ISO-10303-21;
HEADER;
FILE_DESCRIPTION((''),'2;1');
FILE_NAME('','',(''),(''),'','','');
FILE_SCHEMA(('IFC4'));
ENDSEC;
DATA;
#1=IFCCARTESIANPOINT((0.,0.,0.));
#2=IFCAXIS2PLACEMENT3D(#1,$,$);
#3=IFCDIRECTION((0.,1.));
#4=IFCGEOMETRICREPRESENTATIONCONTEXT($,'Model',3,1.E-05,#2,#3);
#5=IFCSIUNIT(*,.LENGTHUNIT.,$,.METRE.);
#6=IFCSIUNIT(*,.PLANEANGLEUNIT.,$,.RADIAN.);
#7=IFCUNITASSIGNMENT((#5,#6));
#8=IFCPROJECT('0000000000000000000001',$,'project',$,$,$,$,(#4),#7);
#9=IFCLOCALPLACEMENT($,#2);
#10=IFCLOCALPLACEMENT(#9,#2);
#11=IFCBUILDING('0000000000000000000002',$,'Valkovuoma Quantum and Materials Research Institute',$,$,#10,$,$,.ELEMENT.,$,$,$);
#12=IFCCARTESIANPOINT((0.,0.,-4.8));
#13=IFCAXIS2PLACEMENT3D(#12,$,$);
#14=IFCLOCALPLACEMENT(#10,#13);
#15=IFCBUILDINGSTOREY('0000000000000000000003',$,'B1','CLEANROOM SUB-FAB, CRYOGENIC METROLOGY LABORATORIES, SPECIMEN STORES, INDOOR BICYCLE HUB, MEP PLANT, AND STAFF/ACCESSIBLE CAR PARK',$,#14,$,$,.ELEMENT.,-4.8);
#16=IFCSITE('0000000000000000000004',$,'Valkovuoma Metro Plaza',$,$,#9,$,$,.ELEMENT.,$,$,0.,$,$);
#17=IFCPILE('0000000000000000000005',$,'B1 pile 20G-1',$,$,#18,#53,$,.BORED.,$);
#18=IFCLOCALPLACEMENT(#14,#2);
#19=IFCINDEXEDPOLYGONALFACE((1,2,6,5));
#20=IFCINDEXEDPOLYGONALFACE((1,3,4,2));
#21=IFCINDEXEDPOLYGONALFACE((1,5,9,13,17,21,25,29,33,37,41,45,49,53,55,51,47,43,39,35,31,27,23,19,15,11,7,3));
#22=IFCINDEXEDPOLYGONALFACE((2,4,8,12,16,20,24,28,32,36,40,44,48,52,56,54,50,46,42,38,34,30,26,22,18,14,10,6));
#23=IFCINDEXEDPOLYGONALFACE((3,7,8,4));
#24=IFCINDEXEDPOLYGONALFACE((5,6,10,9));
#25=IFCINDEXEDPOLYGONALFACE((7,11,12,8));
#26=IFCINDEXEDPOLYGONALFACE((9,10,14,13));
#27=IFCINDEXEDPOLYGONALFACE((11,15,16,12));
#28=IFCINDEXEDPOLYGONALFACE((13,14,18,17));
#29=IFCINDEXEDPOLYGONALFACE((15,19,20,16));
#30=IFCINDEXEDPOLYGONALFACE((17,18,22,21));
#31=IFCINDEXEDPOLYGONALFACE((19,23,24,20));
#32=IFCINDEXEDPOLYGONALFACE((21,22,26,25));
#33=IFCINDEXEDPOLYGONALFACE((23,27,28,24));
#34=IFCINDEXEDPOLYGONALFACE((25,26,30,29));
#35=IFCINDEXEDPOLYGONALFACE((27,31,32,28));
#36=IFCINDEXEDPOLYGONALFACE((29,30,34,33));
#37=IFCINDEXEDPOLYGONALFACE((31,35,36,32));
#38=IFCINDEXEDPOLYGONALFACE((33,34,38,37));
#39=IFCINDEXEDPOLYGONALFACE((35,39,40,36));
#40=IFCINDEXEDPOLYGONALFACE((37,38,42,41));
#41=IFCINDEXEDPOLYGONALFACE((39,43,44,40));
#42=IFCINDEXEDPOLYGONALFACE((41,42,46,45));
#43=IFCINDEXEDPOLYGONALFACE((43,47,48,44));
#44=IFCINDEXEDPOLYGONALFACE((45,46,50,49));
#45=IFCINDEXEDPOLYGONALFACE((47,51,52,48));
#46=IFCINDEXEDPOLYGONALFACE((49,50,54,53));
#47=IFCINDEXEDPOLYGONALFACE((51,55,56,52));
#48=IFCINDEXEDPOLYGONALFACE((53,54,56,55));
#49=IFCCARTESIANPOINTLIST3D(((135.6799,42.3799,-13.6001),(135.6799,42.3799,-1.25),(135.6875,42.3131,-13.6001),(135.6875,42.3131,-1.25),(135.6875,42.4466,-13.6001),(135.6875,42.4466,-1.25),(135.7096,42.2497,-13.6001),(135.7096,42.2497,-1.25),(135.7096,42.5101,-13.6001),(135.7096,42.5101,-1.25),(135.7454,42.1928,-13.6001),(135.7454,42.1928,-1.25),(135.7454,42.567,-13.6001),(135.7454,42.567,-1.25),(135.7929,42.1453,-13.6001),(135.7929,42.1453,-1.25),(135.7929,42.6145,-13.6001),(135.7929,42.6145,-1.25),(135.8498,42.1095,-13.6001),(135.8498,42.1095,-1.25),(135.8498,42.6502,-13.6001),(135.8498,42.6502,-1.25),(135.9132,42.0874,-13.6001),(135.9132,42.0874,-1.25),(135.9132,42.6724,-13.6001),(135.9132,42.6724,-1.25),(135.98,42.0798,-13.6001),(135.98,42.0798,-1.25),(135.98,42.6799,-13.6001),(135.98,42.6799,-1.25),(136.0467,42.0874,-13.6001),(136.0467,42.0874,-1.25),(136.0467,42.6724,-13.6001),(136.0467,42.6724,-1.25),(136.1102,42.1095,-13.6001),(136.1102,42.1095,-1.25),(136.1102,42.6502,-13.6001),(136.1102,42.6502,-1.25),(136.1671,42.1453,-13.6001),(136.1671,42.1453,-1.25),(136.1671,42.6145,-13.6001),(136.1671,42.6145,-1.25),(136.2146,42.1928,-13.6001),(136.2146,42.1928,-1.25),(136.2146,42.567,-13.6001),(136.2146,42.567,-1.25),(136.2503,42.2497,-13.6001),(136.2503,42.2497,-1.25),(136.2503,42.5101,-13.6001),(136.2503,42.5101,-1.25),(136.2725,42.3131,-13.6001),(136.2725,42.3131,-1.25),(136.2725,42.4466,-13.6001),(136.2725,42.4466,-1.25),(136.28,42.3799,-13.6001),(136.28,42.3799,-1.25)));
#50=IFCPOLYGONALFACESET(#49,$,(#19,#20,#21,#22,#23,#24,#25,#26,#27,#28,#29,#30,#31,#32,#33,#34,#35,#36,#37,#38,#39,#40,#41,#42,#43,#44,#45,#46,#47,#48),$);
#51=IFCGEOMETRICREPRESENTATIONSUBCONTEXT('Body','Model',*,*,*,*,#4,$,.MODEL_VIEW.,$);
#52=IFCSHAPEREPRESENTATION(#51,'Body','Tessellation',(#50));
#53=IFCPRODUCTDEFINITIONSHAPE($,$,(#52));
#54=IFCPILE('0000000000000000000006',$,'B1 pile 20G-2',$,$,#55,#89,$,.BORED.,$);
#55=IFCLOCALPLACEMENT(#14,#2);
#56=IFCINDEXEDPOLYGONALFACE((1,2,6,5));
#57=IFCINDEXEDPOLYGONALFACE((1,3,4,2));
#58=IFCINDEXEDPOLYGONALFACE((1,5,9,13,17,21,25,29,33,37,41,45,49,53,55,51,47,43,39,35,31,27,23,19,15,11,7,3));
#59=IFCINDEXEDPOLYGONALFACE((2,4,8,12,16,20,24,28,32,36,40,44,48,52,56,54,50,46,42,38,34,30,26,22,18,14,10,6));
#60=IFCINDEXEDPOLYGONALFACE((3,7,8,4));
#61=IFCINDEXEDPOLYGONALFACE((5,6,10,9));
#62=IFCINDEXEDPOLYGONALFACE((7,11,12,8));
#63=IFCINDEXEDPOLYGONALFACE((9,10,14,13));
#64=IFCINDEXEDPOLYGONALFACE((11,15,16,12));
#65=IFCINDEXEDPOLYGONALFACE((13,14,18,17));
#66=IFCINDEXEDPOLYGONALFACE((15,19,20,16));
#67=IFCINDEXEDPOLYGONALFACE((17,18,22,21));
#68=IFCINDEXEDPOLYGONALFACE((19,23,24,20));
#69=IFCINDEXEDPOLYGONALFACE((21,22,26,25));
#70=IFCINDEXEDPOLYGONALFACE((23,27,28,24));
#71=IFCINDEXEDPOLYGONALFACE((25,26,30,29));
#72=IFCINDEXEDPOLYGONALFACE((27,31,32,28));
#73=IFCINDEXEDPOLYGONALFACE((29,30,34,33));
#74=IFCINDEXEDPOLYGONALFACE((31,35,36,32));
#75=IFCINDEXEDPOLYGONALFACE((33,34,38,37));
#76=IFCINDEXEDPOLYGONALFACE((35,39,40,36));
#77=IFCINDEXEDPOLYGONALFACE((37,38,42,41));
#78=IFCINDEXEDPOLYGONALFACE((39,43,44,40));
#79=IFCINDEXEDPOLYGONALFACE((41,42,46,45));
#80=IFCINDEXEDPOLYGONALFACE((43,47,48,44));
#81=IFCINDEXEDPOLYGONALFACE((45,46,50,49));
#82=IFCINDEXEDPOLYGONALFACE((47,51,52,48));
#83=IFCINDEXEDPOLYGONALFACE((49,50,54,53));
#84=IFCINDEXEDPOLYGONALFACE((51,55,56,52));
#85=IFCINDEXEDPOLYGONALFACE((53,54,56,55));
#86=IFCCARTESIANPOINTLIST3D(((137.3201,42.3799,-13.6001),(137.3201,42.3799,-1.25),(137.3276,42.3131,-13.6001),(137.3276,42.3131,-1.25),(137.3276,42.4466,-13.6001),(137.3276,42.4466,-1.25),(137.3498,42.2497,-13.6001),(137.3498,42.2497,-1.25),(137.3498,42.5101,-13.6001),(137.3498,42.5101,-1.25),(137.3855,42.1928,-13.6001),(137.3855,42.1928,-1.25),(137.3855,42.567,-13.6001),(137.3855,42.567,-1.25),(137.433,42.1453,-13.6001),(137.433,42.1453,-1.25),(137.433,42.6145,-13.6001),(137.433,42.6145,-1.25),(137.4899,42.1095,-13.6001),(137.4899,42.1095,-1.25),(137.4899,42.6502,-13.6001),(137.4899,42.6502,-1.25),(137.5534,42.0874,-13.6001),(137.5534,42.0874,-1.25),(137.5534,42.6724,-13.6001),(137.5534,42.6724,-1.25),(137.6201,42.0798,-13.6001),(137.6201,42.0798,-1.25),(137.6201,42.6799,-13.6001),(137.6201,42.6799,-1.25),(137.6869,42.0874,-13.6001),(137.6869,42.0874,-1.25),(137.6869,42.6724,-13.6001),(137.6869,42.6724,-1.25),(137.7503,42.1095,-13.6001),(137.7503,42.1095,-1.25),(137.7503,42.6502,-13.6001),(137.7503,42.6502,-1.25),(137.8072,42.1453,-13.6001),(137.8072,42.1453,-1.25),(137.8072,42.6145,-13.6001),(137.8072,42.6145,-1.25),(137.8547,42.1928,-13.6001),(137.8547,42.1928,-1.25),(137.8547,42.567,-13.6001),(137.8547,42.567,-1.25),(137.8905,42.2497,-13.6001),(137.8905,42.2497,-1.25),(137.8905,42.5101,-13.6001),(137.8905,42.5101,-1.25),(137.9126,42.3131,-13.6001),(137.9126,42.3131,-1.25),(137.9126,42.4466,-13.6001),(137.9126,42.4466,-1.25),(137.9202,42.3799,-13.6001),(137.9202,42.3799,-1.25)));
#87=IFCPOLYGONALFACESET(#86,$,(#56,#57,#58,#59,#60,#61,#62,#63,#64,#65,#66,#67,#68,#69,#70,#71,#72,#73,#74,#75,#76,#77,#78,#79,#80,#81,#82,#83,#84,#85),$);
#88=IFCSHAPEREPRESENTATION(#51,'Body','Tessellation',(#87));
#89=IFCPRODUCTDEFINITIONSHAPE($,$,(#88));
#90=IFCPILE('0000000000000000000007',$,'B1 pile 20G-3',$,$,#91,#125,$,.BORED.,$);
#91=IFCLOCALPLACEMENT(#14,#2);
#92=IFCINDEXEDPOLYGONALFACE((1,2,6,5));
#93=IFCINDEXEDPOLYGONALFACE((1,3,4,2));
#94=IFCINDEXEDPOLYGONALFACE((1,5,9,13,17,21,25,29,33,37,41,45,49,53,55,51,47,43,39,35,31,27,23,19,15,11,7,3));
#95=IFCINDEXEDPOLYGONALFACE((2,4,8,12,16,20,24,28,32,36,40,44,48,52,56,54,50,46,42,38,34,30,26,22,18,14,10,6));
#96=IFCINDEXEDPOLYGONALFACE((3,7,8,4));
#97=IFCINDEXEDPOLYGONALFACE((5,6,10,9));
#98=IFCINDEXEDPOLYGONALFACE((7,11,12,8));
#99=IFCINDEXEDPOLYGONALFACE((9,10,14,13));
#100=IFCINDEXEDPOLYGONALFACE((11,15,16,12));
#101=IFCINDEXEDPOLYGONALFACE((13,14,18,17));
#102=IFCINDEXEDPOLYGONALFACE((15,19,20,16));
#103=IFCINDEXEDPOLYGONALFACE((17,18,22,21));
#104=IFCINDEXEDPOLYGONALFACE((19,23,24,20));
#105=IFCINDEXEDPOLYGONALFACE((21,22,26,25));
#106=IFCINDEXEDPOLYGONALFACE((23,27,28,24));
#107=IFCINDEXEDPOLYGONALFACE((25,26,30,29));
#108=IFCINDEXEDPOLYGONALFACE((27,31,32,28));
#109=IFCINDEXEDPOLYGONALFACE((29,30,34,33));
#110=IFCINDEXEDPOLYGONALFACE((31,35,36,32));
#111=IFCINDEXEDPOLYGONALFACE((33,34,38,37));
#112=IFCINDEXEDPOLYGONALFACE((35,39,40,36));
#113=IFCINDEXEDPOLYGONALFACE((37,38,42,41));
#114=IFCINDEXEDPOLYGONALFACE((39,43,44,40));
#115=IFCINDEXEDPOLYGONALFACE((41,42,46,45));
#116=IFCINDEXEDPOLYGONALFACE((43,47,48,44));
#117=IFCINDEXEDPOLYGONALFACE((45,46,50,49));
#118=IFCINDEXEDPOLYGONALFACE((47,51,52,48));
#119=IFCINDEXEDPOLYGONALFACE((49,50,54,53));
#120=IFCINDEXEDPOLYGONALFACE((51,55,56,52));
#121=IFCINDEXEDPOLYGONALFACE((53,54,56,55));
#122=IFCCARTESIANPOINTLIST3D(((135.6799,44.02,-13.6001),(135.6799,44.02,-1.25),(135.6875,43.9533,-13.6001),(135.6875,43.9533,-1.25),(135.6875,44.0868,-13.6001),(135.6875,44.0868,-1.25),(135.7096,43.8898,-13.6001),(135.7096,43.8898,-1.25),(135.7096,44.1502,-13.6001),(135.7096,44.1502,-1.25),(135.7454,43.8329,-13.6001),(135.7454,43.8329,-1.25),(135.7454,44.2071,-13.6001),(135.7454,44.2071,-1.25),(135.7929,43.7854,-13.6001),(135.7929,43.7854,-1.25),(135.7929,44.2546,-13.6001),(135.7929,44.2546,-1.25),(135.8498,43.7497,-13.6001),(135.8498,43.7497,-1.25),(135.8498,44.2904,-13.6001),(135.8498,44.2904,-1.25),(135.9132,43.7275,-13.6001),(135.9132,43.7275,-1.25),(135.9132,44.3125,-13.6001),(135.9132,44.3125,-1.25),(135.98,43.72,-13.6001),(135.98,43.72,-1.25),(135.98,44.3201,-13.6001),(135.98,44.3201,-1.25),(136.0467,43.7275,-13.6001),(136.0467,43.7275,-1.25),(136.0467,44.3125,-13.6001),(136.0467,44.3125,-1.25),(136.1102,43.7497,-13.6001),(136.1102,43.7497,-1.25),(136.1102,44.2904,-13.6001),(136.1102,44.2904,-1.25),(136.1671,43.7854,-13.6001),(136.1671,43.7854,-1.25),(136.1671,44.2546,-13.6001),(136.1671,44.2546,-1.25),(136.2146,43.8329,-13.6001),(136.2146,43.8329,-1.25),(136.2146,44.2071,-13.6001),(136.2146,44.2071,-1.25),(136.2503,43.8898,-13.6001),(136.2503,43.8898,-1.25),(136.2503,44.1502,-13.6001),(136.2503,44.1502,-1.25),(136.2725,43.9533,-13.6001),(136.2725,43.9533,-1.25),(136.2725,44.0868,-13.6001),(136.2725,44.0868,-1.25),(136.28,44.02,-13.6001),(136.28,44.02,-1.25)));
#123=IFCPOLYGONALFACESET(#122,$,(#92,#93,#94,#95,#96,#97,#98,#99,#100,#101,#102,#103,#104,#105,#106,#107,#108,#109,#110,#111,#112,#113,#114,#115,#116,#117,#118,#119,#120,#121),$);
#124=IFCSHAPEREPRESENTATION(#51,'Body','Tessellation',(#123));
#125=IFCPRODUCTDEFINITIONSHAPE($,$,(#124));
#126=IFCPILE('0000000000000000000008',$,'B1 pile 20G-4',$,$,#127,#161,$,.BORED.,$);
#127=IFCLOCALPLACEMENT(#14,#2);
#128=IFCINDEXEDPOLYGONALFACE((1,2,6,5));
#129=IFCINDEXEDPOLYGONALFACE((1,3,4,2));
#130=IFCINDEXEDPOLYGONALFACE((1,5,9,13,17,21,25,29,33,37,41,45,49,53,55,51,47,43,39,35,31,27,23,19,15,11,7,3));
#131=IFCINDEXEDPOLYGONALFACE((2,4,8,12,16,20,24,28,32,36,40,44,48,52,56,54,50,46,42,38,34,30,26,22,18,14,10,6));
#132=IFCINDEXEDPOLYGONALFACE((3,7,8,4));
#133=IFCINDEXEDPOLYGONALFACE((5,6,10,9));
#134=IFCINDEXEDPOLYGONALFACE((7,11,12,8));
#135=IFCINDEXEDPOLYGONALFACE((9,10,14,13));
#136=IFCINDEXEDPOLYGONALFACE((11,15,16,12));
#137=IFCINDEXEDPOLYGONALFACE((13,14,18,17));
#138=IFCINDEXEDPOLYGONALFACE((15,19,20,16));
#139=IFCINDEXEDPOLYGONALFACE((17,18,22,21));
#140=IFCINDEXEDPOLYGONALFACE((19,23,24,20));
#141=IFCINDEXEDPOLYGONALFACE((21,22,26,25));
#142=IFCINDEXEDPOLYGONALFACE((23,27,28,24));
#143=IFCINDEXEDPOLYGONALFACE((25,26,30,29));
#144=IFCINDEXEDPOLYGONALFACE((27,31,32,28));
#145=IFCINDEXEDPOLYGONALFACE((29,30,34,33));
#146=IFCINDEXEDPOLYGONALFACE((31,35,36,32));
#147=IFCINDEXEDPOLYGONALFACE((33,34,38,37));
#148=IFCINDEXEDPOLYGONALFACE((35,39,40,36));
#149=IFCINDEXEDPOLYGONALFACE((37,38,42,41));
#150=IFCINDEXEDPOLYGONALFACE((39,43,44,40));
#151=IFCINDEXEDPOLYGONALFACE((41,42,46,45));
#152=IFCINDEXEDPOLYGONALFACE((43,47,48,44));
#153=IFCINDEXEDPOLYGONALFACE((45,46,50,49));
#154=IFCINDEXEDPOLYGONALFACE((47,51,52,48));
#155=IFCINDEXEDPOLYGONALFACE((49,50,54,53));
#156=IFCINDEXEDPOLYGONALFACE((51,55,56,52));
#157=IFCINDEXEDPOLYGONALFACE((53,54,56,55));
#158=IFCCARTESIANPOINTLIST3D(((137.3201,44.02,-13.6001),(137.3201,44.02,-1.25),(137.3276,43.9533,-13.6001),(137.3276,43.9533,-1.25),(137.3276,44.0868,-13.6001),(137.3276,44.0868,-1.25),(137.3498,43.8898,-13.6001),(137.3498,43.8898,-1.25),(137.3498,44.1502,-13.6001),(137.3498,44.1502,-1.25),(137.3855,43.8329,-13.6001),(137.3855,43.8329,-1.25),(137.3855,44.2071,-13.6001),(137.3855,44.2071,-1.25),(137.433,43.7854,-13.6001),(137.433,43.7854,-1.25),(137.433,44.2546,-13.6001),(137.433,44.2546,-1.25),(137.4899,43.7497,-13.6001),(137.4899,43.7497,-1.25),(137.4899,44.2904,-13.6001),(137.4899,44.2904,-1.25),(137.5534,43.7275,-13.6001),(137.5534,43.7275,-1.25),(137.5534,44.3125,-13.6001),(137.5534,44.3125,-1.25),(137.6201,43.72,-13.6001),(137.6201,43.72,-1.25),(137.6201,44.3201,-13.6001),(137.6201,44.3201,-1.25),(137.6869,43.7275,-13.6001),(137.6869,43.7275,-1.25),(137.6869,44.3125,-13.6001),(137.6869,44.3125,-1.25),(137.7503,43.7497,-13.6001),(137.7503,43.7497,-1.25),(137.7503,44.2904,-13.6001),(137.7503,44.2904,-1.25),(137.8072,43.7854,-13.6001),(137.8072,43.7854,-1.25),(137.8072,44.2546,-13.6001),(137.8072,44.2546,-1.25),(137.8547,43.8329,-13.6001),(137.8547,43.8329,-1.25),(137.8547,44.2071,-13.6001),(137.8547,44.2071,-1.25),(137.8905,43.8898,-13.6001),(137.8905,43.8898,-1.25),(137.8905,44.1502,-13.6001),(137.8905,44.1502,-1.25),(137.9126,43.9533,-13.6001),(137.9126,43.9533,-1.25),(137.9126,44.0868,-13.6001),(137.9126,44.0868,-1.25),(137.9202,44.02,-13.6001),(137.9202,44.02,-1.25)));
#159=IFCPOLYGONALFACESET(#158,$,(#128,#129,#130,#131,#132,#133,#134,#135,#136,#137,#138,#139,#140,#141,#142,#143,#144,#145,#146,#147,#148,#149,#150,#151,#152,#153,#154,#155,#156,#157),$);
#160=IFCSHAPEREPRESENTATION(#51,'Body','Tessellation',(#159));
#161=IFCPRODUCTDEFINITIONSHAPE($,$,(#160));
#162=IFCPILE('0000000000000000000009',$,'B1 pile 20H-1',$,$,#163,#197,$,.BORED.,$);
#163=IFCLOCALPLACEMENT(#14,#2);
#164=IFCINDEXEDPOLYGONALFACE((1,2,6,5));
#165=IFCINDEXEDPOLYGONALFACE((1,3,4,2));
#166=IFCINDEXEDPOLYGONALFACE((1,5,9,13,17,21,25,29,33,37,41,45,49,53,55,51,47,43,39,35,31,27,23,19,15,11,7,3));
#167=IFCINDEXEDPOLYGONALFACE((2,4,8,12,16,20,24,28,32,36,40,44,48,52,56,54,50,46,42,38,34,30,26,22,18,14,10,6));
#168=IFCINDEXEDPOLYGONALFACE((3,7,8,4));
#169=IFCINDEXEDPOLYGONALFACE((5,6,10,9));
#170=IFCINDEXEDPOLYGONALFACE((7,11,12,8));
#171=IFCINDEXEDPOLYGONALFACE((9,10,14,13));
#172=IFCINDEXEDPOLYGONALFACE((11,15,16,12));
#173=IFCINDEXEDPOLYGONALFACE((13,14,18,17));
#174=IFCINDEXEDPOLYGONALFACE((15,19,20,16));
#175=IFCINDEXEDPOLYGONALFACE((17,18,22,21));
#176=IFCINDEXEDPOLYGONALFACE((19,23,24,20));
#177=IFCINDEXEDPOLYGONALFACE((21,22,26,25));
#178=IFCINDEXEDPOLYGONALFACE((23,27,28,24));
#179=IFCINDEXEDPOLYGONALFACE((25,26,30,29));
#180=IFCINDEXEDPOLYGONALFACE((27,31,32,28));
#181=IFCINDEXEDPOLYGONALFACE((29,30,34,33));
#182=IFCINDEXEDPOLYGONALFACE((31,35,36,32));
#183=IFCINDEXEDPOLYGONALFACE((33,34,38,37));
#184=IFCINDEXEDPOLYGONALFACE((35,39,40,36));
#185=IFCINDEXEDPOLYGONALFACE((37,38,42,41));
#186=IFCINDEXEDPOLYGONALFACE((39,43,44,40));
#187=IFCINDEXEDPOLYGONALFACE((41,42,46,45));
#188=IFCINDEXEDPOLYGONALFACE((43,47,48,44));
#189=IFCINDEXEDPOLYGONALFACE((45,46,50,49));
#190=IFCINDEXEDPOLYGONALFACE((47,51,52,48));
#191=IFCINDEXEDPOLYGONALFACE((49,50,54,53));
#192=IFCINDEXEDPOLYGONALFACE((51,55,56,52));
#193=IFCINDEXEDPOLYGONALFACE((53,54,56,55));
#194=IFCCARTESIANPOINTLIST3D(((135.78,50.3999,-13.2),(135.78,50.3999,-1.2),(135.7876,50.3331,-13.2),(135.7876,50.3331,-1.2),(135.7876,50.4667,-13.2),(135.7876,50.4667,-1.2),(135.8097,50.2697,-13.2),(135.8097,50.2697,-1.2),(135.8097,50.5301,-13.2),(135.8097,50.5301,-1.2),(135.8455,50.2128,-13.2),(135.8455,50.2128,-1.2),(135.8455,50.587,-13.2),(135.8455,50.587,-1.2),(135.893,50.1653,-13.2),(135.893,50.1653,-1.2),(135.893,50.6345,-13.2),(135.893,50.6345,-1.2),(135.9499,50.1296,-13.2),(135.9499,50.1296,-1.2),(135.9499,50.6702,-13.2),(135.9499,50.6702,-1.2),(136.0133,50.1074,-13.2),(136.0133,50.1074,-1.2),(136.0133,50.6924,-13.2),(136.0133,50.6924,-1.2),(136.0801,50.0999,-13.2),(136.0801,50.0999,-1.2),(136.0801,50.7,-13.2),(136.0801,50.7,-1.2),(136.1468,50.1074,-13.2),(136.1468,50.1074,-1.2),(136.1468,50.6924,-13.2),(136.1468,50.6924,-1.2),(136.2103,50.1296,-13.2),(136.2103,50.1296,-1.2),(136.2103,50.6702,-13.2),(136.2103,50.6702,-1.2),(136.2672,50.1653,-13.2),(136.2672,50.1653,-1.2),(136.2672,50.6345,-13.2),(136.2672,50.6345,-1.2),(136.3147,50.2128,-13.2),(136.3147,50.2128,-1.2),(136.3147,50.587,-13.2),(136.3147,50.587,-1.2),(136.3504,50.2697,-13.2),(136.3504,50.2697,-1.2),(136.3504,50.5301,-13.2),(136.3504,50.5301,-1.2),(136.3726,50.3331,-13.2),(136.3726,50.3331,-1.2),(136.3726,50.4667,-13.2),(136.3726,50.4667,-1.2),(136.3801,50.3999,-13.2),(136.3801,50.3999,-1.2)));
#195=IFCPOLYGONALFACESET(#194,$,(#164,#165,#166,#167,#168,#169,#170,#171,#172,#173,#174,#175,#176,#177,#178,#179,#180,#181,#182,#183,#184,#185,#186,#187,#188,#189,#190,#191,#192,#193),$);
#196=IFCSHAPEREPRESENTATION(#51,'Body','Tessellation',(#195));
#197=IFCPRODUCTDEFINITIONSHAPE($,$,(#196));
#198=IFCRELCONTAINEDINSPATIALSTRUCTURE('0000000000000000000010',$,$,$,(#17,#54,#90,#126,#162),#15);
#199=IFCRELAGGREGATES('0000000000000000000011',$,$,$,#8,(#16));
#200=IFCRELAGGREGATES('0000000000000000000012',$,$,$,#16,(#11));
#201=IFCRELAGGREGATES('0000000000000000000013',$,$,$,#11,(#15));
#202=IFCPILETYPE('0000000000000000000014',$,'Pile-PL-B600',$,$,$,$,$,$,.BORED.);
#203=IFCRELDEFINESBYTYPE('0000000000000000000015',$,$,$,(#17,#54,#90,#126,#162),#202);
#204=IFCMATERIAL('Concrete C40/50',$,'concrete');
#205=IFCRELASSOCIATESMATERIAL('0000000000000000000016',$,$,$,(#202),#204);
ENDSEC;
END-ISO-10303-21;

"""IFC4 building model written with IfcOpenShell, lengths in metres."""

from ifc_helpers import new_model, si_unit, direction, frame, origin, origin_2d, place, context, subcontext, project, spatial, circle, extrude, material, material_profile, profile_set, type_object, element, save


model = new_model("IFC4")

# Units and contexts
model_context = context("Model", 3, precision=1e-05, world=origin(), true_north=direction((0.0, 1.0)))
body_context = subcontext(model_context, "Body", "Model", "MODEL_VIEW")
ifc_project = project(units=[si_unit("LENGTHUNIT", "METRE"), si_unit("PLANEANGLEUNIT", "RADIAN")], contexts=[model_context])

# Site, building, storey
site_placement = place(None, origin())
site = spatial("IfcSite", under=ifc_project, at=site_placement, Name="Valkovuoma Metro Plaza", CompositionType="ELEMENT", RefElevation=0.0)
building_placement = place(site_placement, origin())
building = spatial("IfcBuilding", under=site, at=building_placement, Name="Valkovuoma Quantum and Materials Research Institute", CompositionType="ELEMENT")
storey_placement = place(building_placement, frame((0.0, 0.0, -4.8)))
storey = spatial("IfcBuildingStorey", under=building, at=storey_placement, Name="B1", Description="CLEANROOM SUB-FAB, CRYOGENIC METROLOGY LABORATORIES, SPECIMEN STORES, INDOOR BICYCLE HUB, MEP PLANT, AND STAFF/ACCESSIBLE CAR PARK", CompositionType="ELEMENT", Elevation=-4.8)

# Piles
ifc_material_1 = material(Name="Concrete C40/50", Category="concrete")
ifc_material_profile_1 = material_profile(ifc_material_1, circle(Radius=0.3, at=origin_2d()), Name="Concrete C40/50")
ifc_profile_set_1 = profile_set([ifc_material_profile_1], Name="Concrete C40/50")
pile_type_1 = type_object("IfcPileType", Name="Pile-PL-B600", PredefinedType="BORED", material=ifc_profile_set_1)
for number, where, z_axis, x_axis, name in (
    (1, (135.98, 42.3799, -1.25), (0.0, 0.0, -1.0), (1.0, 0.0, 0.0), "B1 pile 20G-1"),
    (2, (137.6201, 42.3799, -1.25), (0.0, 0.0, -1.0), (1.0, 0.0, 0.0), "B1 pile 20G-2"),
    (3, (135.98, 44.02, -1.25), (0.0, 0.0, -1.0), (1.0, 0.0, 0.0), "B1 pile 20G-3"),
    (4, (137.6201, 44.02, -1.25), (0.0, 0.0, -1.0), (1.0, 0.0, 0.0), "B1 pile 20G-4"),
):
    element("IfcPile", number, at=place(storey_placement, frame(where, z_axis=z_axis, x_axis=x_axis)), inside=storey, type_object=pile_type_1, Name=name, PredefinedType="BORED", context=body_context, shape_type="SweptSolid", body=[
        extrude(circle(Radius=0.3, at=origin_2d()), origin(), (0.0, 0.0, 1.0), 12.3501),
    ])
for number, where, z_axis, x_axis, name in (
    (5, (136.0801, 50.3999, -1.2), (0.0, 0.0, -1.0), (1.0, 0.0, 0.0), "B1 pile 20H-1"),
):
    element("IfcPile", number, at=place(storey_placement, frame(where, z_axis=z_axis, x_axis=x_axis)), inside=storey, type_object=pile_type_1, Name=name, PredefinedType="BORED", context=body_context, shape_type="SweptSolid", body=[
        extrude(circle(Radius=0.3, at=origin_2d()), origin(), (0.0, 0.0, 1.0), 12.0),
    ])

save(model, "model.ifc")
